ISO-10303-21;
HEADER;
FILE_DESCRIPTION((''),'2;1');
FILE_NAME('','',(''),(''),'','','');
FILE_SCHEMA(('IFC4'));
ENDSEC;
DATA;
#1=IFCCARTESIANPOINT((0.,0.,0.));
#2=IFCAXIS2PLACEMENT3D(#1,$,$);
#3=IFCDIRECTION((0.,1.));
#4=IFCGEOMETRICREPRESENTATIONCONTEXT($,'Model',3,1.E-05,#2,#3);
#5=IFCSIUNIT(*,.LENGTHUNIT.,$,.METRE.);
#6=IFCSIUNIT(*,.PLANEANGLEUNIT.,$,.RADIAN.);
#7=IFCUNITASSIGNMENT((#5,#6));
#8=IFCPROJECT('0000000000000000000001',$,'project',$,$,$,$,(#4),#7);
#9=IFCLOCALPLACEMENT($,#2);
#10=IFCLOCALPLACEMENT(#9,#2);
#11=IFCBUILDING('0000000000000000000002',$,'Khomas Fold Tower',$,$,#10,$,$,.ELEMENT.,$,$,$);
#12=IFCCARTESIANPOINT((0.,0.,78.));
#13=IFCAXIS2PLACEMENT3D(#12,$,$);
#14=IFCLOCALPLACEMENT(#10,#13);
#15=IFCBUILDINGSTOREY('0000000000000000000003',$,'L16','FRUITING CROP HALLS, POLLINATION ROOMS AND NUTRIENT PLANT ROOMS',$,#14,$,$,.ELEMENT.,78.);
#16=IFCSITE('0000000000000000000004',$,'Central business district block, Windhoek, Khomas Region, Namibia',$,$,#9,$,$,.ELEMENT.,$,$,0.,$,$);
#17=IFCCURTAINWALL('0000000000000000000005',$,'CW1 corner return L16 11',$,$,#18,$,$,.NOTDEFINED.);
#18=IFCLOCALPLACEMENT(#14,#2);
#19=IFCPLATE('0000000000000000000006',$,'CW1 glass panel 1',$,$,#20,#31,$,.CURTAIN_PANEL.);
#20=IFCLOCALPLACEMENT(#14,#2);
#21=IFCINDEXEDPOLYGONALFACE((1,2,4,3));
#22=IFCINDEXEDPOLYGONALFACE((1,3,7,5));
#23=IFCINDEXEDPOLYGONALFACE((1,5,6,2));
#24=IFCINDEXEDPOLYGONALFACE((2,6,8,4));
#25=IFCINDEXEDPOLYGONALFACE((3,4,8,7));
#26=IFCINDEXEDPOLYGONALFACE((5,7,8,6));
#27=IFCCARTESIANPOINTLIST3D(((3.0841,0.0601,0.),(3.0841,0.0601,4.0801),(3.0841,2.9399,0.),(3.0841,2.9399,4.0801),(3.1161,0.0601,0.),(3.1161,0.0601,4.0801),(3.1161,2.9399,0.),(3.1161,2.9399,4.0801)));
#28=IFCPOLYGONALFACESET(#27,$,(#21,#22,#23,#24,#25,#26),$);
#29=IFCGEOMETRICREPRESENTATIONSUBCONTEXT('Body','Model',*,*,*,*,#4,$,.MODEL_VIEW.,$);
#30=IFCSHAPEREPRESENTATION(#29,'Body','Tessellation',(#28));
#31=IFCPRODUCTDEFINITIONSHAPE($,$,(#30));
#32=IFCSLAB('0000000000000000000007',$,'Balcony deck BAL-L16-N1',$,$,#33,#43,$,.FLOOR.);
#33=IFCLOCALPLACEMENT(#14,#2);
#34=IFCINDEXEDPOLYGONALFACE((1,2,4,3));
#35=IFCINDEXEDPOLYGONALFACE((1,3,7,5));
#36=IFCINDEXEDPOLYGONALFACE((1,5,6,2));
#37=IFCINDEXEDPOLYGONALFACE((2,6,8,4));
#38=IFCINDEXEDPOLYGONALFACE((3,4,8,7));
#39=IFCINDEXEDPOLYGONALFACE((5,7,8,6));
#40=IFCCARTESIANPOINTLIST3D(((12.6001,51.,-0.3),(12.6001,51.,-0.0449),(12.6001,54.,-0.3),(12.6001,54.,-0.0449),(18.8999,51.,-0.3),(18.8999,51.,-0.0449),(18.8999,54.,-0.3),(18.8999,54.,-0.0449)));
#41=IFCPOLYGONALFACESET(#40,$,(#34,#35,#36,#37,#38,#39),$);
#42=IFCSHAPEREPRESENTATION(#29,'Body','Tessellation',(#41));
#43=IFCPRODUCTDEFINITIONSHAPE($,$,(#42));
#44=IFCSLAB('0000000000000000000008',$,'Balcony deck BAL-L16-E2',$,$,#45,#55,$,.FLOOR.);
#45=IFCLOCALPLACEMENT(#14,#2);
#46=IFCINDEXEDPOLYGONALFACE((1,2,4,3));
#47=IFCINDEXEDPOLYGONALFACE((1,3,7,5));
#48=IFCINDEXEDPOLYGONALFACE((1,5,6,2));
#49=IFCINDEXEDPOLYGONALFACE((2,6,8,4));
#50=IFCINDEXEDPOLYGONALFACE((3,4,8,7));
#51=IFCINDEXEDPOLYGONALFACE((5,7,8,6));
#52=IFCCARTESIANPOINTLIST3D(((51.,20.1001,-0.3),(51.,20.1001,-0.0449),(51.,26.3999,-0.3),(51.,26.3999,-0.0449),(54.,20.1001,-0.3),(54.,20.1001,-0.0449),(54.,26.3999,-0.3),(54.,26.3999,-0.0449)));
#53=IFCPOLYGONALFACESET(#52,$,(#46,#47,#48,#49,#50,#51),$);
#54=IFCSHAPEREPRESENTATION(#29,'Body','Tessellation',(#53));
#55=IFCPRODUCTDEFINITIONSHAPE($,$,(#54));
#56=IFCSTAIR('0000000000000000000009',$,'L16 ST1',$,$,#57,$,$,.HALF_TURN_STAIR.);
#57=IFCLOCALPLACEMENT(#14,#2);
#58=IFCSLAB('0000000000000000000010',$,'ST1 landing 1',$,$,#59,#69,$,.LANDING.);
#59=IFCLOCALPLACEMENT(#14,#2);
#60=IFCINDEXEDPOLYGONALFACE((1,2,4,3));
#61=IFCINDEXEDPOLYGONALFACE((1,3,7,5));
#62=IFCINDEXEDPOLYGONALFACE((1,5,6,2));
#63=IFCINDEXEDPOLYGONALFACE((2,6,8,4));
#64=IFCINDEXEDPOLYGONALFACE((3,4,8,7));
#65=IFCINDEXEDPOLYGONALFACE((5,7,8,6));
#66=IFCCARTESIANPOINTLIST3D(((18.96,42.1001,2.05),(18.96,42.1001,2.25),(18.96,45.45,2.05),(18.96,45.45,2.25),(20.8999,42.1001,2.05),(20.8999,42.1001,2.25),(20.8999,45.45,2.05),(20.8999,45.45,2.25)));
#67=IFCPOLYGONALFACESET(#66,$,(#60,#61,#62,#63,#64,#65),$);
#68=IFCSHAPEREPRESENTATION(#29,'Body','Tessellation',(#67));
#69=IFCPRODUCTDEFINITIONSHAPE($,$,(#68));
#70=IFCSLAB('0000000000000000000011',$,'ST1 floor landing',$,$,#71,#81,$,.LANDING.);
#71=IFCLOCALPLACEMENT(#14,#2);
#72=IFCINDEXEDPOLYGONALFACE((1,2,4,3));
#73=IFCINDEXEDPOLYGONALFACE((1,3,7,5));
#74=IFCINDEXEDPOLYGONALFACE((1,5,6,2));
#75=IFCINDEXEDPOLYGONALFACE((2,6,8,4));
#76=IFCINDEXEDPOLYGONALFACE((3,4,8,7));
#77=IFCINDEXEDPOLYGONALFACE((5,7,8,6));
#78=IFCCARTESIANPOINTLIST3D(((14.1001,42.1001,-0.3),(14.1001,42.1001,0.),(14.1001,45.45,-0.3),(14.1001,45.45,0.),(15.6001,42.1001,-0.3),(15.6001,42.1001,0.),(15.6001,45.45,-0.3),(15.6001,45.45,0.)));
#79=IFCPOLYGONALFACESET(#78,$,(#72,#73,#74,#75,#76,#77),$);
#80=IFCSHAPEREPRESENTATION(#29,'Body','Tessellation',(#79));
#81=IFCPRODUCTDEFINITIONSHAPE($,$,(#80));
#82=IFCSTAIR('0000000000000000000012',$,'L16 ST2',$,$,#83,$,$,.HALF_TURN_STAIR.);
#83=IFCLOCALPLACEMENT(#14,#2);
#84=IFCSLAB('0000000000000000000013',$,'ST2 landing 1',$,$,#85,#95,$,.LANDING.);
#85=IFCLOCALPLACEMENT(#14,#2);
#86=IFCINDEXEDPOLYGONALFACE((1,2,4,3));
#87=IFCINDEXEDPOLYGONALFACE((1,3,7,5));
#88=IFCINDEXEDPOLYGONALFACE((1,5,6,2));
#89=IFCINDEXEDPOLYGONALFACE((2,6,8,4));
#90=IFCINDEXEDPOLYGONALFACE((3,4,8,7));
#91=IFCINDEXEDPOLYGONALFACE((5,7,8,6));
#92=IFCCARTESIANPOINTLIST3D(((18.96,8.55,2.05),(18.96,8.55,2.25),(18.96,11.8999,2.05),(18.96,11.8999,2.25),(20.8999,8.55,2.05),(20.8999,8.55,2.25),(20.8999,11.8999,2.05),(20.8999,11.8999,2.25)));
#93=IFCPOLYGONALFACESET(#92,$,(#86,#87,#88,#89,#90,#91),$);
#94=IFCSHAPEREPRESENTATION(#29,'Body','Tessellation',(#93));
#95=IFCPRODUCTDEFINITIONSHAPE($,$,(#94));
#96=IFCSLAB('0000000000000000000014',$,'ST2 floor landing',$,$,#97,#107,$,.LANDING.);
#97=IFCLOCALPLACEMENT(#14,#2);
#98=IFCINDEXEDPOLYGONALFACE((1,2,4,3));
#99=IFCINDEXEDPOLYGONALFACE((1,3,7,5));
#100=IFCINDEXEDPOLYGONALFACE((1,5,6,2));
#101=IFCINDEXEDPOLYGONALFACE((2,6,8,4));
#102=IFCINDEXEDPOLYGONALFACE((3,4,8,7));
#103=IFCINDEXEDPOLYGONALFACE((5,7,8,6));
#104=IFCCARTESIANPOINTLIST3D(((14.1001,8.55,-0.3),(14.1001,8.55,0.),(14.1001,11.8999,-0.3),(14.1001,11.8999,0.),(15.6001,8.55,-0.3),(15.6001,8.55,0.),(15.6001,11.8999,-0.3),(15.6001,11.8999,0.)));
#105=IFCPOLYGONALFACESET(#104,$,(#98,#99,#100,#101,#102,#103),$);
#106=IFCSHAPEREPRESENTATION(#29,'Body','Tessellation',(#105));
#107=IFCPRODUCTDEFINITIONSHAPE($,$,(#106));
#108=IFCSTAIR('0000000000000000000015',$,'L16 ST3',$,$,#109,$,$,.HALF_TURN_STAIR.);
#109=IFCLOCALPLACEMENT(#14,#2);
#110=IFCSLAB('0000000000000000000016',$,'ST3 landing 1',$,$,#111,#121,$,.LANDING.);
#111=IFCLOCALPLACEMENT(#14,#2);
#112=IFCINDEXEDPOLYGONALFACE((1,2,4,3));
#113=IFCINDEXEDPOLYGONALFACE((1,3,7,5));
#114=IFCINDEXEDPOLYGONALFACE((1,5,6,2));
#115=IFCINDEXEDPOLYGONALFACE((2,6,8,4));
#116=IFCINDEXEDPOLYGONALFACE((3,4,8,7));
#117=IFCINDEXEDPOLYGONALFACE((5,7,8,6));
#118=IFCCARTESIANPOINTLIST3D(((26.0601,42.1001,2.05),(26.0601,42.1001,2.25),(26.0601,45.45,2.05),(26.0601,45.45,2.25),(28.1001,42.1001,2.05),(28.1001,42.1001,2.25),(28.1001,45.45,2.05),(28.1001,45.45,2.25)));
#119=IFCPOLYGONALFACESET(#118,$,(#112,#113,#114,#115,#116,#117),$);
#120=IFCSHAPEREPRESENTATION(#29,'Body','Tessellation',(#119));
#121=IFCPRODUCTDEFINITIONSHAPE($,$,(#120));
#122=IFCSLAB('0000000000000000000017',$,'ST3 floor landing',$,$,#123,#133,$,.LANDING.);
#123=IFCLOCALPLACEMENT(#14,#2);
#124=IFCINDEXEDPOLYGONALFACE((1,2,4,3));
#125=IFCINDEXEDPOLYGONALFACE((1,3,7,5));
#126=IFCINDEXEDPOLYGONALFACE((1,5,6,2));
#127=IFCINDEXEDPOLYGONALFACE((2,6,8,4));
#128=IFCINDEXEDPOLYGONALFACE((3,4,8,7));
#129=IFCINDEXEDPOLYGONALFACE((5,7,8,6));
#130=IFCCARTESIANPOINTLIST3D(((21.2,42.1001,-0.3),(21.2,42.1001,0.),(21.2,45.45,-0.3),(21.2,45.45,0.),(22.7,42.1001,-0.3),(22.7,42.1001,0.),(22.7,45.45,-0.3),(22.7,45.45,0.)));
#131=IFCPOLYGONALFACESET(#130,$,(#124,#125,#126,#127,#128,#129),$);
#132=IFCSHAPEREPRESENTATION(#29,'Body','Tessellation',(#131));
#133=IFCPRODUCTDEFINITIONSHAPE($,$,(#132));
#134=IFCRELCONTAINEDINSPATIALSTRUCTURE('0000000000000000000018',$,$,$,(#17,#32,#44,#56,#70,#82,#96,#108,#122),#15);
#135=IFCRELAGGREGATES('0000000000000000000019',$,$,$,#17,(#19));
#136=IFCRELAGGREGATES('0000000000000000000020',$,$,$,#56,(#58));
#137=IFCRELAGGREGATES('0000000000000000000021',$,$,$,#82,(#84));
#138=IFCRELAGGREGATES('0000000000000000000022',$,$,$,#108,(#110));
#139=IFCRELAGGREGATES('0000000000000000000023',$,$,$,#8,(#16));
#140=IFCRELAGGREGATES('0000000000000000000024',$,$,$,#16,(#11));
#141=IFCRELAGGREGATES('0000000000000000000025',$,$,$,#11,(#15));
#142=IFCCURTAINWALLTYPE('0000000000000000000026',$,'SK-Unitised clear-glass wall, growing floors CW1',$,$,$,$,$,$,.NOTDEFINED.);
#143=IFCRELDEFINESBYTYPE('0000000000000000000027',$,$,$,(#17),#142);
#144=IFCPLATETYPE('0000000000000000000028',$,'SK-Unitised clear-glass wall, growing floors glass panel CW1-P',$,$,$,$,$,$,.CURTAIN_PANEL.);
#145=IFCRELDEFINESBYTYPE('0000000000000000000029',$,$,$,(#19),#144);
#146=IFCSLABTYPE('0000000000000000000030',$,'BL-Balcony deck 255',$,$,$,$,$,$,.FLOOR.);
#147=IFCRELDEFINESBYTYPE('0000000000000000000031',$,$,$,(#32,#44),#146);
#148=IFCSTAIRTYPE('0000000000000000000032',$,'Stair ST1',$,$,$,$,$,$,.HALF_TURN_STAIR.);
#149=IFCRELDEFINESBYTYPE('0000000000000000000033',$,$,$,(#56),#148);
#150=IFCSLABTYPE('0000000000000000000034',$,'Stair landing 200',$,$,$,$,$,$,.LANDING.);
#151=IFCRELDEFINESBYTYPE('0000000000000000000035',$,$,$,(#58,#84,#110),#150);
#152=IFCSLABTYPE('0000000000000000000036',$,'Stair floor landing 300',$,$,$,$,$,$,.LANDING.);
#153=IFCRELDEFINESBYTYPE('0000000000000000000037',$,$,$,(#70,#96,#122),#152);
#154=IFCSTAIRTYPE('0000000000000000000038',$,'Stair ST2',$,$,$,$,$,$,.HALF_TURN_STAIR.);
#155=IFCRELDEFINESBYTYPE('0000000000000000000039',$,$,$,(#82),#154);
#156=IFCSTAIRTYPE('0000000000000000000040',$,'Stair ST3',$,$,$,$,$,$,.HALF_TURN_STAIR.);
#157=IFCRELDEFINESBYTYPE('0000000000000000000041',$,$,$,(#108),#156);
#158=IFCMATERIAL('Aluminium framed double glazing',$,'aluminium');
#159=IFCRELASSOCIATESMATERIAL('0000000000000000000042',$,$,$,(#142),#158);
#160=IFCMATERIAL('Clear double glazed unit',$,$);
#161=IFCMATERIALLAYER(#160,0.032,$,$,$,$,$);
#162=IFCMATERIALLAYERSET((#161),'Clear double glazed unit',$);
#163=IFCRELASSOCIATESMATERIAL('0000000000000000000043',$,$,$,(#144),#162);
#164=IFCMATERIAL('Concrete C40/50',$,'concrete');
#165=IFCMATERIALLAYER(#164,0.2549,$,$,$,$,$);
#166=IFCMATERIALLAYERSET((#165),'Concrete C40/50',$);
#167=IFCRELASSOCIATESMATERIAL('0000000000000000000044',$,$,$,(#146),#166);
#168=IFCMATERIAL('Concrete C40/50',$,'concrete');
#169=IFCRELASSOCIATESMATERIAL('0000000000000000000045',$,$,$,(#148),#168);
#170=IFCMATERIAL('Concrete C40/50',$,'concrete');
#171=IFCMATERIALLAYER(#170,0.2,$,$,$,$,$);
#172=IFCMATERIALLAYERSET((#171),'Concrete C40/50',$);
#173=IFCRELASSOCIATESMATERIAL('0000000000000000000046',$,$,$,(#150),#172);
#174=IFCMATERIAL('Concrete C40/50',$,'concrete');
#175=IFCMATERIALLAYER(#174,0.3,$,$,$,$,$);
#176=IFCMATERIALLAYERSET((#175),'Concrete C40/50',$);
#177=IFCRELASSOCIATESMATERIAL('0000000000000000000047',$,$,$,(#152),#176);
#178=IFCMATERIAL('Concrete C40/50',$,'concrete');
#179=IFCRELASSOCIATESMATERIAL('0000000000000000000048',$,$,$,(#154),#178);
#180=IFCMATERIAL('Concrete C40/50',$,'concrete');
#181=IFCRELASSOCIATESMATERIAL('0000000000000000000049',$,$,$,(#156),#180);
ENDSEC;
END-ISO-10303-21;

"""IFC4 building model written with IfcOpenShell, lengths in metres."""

from ifc_helpers import new_model, si_unit, direction, frame, origin, origin_2d, place, context, subcontext, project, spatial, polyline, rectangle, outline, extrude, source, transform, mapped, material, layer, layer_set, type_object, element, aggregate, save


model = new_model("IFC4")

# Units and contexts
model_context = context("Model", 3, precision=1e-05, world=origin(), true_north=direction((0.0, 1.0)))
body_context = subcontext(model_context, "Body", "Model", "MODEL_VIEW")
ifc_project = project(units=[si_unit("LENGTHUNIT", "METRE"), si_unit("PLANEANGLEUNIT", "RADIAN")], contexts=[model_context])

# Site, building, storey
site_placement = place(None, origin())
site = spatial("IfcSite", under=ifc_project, at=site_placement, Name="Central business district block, Windhoek, Khomas Region, Namibia", CompositionType="ELEMENT", RefElevation=0.0)
building_placement = place(site_placement, origin())
building = spatial("IfcBuilding", under=site, at=building_placement, Name="Khomas Fold Tower", CompositionType="ELEMENT")
storey_placement = place(building_placement, frame((0.0, 0.0, 78.0)))
storey = spatial("IfcBuildingStorey", under=building, at=storey_placement, Name="L16", Description="FRUITING CROP HALLS, POLLINATION ROOMS AND NUTRIENT PLANT ROOMS", CompositionType="ELEMENT", Elevation=78.0)

# Shared definitions
ifc_material_1 = material(Name="Aluminium framed double glazing", Category="aluminium")
curtain_wall_type = type_object("IfcCurtainWallType", Name="SK-Unitised clear-glass wall, growing floors CW1", PredefinedType="NOTDEFINED", material=ifc_material_1)

# Curtain wall
curtain_wall_1_placement = place(storey_placement, origin())
curtain_wall_1 = element("IfcCurtainWall", 1, at=curtain_wall_1_placement, inside=storey, type_object=curtain_wall_type, Name="CW1 corner return L16 11", PredefinedType="NOTDEFINED")

# Plate
ifc_material_2 = material(Name="Clear double glazed unit")
ifc_layer_1 = layer(ifc_material_2, 0.032)
ifc_layer_set_1 = layer_set([ifc_layer_1], Name="Clear double glazed unit")
plate_type = type_object("IfcPlateType", Name="SK-Unitised clear-glass wall, growing floors glass panel CW1-P", PredefinedType="CURTAIN_PANEL", material=ifc_layer_set_1)
shared_shape_1 = source(origin(), body_context, "Body", "SweptSolid", [
    extrude(rectangle(XDim=2.8799, YDim=0.032, at=origin_2d()), origin(), (0.0, 0.0, 1.0), 4.0801),
])
plate_1_placement = place(storey_placement, frame((3.1001, 1.5, 0.0), z_axis=(0.0, 0.0, 1.0), x_axis=(0.0, -1.0, 0.0)))
plate_1 = element("IfcPlate", 2, at=plate_1_placement, type_object=plate_type, Name="CW1 glass panel 1", PredefinedType="CURTAIN_PANEL", context=body_context, shape_type="MappedRepresentation", body=[
    mapped(shared_shape_1, transform((0.0, 0.0, 0.0))),
])
aggregate(curtain_wall_1, [plate_1])

# Slabs
ifc_material_3 = material(Name="Concrete C40/50", Category="concrete")
ifc_layer_2 = layer(ifc_material_3, 0.2549)
ifc_layer_set_2 = layer_set([ifc_layer_2], Name="Concrete C40/50")
slab_type_1 = type_object("IfcSlabType", Name="BL-Balcony deck 255", PredefinedType="FLOOR", material=ifc_layer_set_2)
shared_shape_2 = source(origin(), body_context, "Body", "SweptSolid", [
    extrude(outline(polyline([(12.6001, 51.0), (18.8999, 51.0), (18.8999, 54.0), (12.6001, 54.0), (12.6001, 51.0)])), origin(), (0.0, 0.0, 1.0), 0.2551),
])
slab_1_placement = place(storey_placement, frame((0.0, 0.0, -0.3)))
element("IfcSlab", 3, at=slab_1_placement, inside=storey, type_object=slab_type_1, Name="Balcony deck BAL-L16-N1", PredefinedType="FLOOR", context=body_context, shape_type="MappedRepresentation", body=[
    mapped(shared_shape_2, transform((0.0, 0.0, 0.0))),
])
shared_shape_3 = source(origin(), body_context, "Body", "SweptSolid", [
    extrude(outline(polyline([(51.0, 20.1001), (54.0, 20.1001), (54.0, 26.3999), (51.0, 26.3999), (51.0, 20.1001)])), origin(), (0.0, 0.0, 1.0), 0.2551),
])
slab_2_placement = place(storey_placement, frame((0.0, 0.0, -0.3)))
element("IfcSlab", 4, at=slab_2_placement, inside=storey, type_object=slab_type_1, Name="Balcony deck BAL-L16-E2", PredefinedType="FLOOR", context=body_context, shape_type="MappedRepresentation", body=[
    mapped(shared_shape_3, transform((0.0, 0.0, 0.0))),
])

# Stair, slab
ifc_material_4 = material(Name="Concrete C40/50", Category="concrete")
stair_type_1 = type_object("IfcStairType", Name="Stair ST1", PredefinedType="HALF_TURN_STAIR", material=ifc_material_4)
stair_1_placement = place(storey_placement, origin())
stair_1 = element("IfcStair", 5, at=stair_1_placement, inside=storey, type_object=stair_type_1, Name="L16 ST1", PredefinedType="HALF_TURN_STAIR")
ifc_material_5 = material(Name="Concrete C40/50", Category="concrete")
ifc_layer_3 = layer(ifc_material_5, 0.2)
ifc_layer_set_3 = layer_set([ifc_layer_3], Name="Concrete C40/50")
slab_type_2 = type_object("IfcSlabType", Name="Stair landing 200", PredefinedType="LANDING", material=ifc_layer_set_3)
shared_shape_4 = source(origin(), body_context, "Body", "SweptSolid", [
    extrude(outline(polyline([(18.96, 42.1001), (20.8999, 42.1001), (20.8999, 45.45), (18.96, 45.45), (18.96, 42.1001)])), origin(), (0.0, 0.0, 1.0), 0.2),
])
slab_3_placement = place(storey_placement, frame((0.0, 0.0, 2.05)))
slab_3 = element("IfcSlab", 6, at=slab_3_placement, type_object=slab_type_2, Name="ST1 landing 1", PredefinedType="LANDING", context=body_context, shape_type="MappedRepresentation", body=[
    mapped(shared_shape_4, transform((0.0, 0.0, 0.0))),
])
aggregate(stair_1, [slab_3])

# Slab
ifc_material_6 = material(Name="Concrete C40/50", Category="concrete")
ifc_layer_4 = layer(ifc_material_6, 0.3)
ifc_layer_set_4 = layer_set([ifc_layer_4], Name="Concrete C40/50")
slab_type_3 = type_object("IfcSlabType", Name="Stair floor landing 300", PredefinedType="LANDING", material=ifc_layer_set_4)
shared_shape_5 = source(origin(), body_context, "Body", "SweptSolid", [
    extrude(outline(polyline([(15.6001, 42.1001), (14.1001, 42.1001), (14.1001, 45.45), (15.6001, 45.45), (15.6001, 42.1001)])), origin(), (0.0, 0.0, 1.0), 0.3),
])
slab_4_placement = place(storey_placement, frame((0.0, 0.0, -0.3)))
element("IfcSlab", 7, at=slab_4_placement, inside=storey, type_object=slab_type_3, Name="ST1 floor landing", PredefinedType="LANDING", context=body_context, shape_type="MappedRepresentation", body=[
    mapped(shared_shape_5, transform((0.0, 0.0, 0.0))),
])

# Stair, slab
ifc_material_7 = material(Name="Concrete C40/50", Category="concrete")
stair_type_2 = type_object("IfcStairType", Name="Stair ST2", PredefinedType="HALF_TURN_STAIR", material=ifc_material_7)
stair_2_placement = place(storey_placement, origin())
stair_2 = element("IfcStair", 8, at=stair_2_placement, inside=storey, type_object=stair_type_2, Name="L16 ST2", PredefinedType="HALF_TURN_STAIR")
shared_shape_6 = source(origin(), body_context, "Body", "SweptSolid", [
    extrude(outline(polyline([(18.96, 8.55), (20.8999, 8.55), (20.8999, 11.8999), (18.96, 11.8999), (18.96, 8.55)])), origin(), (0.0, 0.0, 1.0), 0.2),
])
slab_5_placement = place(storey_placement, frame((0.0, 0.0, 2.05)))
slab_5 = element("IfcSlab", 9, at=slab_5_placement, type_object=slab_type_2, Name="ST2 landing 1", PredefinedType="LANDING", context=body_context, shape_type="MappedRepresentation", body=[
    mapped(shared_shape_6, transform((0.0, 0.0, 0.0))),
])
aggregate(stair_2, [slab_5])

# Slab
shared_shape_7 = source(origin(), body_context, "Body", "SweptSolid", [
    extrude(outline(polyline([(15.6001, 8.55), (14.1001, 8.55), (14.1001, 11.8999), (15.6001, 11.8999), (15.6001, 8.55)])), origin(), (0.0, 0.0, 1.0), 0.3),
])
slab_6_placement = place(storey_placement, frame((0.0, 0.0, -0.3)))
element("IfcSlab", 10, at=slab_6_placement, inside=storey, type_object=slab_type_3, Name="ST2 floor landing", PredefinedType="LANDING", context=body_context, shape_type="MappedRepresentation", body=[
    mapped(shared_shape_7, transform((0.0, 0.0, 0.0))),
])

# Stair, slab
ifc_material_8 = material(Name="Concrete C40/50", Category="concrete")
stair_type_3 = type_object("IfcStairType", Name="Stair ST3", PredefinedType="HALF_TURN_STAIR", material=ifc_material_8)
stair_3_placement = place(storey_placement, origin())
stair_3 = element("IfcStair", 11, at=stair_3_placement, inside=storey, type_object=stair_type_3, Name="L16 ST3", PredefinedType="HALF_TURN_STAIR")
shared_shape_8 = source(origin(), body_context, "Body", "SweptSolid", [
    extrude(outline(polyline([(26.0601, 42.1001), (28.1001, 42.1001), (28.1001, 45.45), (26.0601, 45.45), (26.0601, 42.1001)])), origin(), (0.0, 0.0, 1.0), 0.2),
])
slab_7_placement = place(storey_placement, frame((0.0, 0.0, 2.05)))
slab_7 = element("IfcSlab", 12, at=slab_7_placement, type_object=slab_type_2, Name="ST3 landing 1", PredefinedType="LANDING", context=body_context, shape_type="MappedRepresentation", body=[
    mapped(shared_shape_8, transform((0.0, 0.0, 0.0))),
])
aggregate(stair_3, [slab_7])

# Slab
shared_shape_9 = source(origin(), body_context, "Body", "SweptSolid", [
    extrude(outline(polyline([(22.7, 42.1001), (21.2, 42.1001), (21.2, 45.45), (22.7, 45.45), (22.7, 42.1001)])), origin(), (0.0, 0.0, 1.0), 0.3),
])
slab_8_placement = place(storey_placement, frame((0.0, 0.0, -0.3)))
element("IfcSlab", 13, at=slab_8_placement, inside=storey, type_object=slab_type_3, Name="ST3 floor landing", PredefinedType="LANDING", context=body_context, shape_type="MappedRepresentation", body=[
    mapped(shared_shape_9, transform((0.0, 0.0, 0.0))),
])

save(model, "model.ifc")
